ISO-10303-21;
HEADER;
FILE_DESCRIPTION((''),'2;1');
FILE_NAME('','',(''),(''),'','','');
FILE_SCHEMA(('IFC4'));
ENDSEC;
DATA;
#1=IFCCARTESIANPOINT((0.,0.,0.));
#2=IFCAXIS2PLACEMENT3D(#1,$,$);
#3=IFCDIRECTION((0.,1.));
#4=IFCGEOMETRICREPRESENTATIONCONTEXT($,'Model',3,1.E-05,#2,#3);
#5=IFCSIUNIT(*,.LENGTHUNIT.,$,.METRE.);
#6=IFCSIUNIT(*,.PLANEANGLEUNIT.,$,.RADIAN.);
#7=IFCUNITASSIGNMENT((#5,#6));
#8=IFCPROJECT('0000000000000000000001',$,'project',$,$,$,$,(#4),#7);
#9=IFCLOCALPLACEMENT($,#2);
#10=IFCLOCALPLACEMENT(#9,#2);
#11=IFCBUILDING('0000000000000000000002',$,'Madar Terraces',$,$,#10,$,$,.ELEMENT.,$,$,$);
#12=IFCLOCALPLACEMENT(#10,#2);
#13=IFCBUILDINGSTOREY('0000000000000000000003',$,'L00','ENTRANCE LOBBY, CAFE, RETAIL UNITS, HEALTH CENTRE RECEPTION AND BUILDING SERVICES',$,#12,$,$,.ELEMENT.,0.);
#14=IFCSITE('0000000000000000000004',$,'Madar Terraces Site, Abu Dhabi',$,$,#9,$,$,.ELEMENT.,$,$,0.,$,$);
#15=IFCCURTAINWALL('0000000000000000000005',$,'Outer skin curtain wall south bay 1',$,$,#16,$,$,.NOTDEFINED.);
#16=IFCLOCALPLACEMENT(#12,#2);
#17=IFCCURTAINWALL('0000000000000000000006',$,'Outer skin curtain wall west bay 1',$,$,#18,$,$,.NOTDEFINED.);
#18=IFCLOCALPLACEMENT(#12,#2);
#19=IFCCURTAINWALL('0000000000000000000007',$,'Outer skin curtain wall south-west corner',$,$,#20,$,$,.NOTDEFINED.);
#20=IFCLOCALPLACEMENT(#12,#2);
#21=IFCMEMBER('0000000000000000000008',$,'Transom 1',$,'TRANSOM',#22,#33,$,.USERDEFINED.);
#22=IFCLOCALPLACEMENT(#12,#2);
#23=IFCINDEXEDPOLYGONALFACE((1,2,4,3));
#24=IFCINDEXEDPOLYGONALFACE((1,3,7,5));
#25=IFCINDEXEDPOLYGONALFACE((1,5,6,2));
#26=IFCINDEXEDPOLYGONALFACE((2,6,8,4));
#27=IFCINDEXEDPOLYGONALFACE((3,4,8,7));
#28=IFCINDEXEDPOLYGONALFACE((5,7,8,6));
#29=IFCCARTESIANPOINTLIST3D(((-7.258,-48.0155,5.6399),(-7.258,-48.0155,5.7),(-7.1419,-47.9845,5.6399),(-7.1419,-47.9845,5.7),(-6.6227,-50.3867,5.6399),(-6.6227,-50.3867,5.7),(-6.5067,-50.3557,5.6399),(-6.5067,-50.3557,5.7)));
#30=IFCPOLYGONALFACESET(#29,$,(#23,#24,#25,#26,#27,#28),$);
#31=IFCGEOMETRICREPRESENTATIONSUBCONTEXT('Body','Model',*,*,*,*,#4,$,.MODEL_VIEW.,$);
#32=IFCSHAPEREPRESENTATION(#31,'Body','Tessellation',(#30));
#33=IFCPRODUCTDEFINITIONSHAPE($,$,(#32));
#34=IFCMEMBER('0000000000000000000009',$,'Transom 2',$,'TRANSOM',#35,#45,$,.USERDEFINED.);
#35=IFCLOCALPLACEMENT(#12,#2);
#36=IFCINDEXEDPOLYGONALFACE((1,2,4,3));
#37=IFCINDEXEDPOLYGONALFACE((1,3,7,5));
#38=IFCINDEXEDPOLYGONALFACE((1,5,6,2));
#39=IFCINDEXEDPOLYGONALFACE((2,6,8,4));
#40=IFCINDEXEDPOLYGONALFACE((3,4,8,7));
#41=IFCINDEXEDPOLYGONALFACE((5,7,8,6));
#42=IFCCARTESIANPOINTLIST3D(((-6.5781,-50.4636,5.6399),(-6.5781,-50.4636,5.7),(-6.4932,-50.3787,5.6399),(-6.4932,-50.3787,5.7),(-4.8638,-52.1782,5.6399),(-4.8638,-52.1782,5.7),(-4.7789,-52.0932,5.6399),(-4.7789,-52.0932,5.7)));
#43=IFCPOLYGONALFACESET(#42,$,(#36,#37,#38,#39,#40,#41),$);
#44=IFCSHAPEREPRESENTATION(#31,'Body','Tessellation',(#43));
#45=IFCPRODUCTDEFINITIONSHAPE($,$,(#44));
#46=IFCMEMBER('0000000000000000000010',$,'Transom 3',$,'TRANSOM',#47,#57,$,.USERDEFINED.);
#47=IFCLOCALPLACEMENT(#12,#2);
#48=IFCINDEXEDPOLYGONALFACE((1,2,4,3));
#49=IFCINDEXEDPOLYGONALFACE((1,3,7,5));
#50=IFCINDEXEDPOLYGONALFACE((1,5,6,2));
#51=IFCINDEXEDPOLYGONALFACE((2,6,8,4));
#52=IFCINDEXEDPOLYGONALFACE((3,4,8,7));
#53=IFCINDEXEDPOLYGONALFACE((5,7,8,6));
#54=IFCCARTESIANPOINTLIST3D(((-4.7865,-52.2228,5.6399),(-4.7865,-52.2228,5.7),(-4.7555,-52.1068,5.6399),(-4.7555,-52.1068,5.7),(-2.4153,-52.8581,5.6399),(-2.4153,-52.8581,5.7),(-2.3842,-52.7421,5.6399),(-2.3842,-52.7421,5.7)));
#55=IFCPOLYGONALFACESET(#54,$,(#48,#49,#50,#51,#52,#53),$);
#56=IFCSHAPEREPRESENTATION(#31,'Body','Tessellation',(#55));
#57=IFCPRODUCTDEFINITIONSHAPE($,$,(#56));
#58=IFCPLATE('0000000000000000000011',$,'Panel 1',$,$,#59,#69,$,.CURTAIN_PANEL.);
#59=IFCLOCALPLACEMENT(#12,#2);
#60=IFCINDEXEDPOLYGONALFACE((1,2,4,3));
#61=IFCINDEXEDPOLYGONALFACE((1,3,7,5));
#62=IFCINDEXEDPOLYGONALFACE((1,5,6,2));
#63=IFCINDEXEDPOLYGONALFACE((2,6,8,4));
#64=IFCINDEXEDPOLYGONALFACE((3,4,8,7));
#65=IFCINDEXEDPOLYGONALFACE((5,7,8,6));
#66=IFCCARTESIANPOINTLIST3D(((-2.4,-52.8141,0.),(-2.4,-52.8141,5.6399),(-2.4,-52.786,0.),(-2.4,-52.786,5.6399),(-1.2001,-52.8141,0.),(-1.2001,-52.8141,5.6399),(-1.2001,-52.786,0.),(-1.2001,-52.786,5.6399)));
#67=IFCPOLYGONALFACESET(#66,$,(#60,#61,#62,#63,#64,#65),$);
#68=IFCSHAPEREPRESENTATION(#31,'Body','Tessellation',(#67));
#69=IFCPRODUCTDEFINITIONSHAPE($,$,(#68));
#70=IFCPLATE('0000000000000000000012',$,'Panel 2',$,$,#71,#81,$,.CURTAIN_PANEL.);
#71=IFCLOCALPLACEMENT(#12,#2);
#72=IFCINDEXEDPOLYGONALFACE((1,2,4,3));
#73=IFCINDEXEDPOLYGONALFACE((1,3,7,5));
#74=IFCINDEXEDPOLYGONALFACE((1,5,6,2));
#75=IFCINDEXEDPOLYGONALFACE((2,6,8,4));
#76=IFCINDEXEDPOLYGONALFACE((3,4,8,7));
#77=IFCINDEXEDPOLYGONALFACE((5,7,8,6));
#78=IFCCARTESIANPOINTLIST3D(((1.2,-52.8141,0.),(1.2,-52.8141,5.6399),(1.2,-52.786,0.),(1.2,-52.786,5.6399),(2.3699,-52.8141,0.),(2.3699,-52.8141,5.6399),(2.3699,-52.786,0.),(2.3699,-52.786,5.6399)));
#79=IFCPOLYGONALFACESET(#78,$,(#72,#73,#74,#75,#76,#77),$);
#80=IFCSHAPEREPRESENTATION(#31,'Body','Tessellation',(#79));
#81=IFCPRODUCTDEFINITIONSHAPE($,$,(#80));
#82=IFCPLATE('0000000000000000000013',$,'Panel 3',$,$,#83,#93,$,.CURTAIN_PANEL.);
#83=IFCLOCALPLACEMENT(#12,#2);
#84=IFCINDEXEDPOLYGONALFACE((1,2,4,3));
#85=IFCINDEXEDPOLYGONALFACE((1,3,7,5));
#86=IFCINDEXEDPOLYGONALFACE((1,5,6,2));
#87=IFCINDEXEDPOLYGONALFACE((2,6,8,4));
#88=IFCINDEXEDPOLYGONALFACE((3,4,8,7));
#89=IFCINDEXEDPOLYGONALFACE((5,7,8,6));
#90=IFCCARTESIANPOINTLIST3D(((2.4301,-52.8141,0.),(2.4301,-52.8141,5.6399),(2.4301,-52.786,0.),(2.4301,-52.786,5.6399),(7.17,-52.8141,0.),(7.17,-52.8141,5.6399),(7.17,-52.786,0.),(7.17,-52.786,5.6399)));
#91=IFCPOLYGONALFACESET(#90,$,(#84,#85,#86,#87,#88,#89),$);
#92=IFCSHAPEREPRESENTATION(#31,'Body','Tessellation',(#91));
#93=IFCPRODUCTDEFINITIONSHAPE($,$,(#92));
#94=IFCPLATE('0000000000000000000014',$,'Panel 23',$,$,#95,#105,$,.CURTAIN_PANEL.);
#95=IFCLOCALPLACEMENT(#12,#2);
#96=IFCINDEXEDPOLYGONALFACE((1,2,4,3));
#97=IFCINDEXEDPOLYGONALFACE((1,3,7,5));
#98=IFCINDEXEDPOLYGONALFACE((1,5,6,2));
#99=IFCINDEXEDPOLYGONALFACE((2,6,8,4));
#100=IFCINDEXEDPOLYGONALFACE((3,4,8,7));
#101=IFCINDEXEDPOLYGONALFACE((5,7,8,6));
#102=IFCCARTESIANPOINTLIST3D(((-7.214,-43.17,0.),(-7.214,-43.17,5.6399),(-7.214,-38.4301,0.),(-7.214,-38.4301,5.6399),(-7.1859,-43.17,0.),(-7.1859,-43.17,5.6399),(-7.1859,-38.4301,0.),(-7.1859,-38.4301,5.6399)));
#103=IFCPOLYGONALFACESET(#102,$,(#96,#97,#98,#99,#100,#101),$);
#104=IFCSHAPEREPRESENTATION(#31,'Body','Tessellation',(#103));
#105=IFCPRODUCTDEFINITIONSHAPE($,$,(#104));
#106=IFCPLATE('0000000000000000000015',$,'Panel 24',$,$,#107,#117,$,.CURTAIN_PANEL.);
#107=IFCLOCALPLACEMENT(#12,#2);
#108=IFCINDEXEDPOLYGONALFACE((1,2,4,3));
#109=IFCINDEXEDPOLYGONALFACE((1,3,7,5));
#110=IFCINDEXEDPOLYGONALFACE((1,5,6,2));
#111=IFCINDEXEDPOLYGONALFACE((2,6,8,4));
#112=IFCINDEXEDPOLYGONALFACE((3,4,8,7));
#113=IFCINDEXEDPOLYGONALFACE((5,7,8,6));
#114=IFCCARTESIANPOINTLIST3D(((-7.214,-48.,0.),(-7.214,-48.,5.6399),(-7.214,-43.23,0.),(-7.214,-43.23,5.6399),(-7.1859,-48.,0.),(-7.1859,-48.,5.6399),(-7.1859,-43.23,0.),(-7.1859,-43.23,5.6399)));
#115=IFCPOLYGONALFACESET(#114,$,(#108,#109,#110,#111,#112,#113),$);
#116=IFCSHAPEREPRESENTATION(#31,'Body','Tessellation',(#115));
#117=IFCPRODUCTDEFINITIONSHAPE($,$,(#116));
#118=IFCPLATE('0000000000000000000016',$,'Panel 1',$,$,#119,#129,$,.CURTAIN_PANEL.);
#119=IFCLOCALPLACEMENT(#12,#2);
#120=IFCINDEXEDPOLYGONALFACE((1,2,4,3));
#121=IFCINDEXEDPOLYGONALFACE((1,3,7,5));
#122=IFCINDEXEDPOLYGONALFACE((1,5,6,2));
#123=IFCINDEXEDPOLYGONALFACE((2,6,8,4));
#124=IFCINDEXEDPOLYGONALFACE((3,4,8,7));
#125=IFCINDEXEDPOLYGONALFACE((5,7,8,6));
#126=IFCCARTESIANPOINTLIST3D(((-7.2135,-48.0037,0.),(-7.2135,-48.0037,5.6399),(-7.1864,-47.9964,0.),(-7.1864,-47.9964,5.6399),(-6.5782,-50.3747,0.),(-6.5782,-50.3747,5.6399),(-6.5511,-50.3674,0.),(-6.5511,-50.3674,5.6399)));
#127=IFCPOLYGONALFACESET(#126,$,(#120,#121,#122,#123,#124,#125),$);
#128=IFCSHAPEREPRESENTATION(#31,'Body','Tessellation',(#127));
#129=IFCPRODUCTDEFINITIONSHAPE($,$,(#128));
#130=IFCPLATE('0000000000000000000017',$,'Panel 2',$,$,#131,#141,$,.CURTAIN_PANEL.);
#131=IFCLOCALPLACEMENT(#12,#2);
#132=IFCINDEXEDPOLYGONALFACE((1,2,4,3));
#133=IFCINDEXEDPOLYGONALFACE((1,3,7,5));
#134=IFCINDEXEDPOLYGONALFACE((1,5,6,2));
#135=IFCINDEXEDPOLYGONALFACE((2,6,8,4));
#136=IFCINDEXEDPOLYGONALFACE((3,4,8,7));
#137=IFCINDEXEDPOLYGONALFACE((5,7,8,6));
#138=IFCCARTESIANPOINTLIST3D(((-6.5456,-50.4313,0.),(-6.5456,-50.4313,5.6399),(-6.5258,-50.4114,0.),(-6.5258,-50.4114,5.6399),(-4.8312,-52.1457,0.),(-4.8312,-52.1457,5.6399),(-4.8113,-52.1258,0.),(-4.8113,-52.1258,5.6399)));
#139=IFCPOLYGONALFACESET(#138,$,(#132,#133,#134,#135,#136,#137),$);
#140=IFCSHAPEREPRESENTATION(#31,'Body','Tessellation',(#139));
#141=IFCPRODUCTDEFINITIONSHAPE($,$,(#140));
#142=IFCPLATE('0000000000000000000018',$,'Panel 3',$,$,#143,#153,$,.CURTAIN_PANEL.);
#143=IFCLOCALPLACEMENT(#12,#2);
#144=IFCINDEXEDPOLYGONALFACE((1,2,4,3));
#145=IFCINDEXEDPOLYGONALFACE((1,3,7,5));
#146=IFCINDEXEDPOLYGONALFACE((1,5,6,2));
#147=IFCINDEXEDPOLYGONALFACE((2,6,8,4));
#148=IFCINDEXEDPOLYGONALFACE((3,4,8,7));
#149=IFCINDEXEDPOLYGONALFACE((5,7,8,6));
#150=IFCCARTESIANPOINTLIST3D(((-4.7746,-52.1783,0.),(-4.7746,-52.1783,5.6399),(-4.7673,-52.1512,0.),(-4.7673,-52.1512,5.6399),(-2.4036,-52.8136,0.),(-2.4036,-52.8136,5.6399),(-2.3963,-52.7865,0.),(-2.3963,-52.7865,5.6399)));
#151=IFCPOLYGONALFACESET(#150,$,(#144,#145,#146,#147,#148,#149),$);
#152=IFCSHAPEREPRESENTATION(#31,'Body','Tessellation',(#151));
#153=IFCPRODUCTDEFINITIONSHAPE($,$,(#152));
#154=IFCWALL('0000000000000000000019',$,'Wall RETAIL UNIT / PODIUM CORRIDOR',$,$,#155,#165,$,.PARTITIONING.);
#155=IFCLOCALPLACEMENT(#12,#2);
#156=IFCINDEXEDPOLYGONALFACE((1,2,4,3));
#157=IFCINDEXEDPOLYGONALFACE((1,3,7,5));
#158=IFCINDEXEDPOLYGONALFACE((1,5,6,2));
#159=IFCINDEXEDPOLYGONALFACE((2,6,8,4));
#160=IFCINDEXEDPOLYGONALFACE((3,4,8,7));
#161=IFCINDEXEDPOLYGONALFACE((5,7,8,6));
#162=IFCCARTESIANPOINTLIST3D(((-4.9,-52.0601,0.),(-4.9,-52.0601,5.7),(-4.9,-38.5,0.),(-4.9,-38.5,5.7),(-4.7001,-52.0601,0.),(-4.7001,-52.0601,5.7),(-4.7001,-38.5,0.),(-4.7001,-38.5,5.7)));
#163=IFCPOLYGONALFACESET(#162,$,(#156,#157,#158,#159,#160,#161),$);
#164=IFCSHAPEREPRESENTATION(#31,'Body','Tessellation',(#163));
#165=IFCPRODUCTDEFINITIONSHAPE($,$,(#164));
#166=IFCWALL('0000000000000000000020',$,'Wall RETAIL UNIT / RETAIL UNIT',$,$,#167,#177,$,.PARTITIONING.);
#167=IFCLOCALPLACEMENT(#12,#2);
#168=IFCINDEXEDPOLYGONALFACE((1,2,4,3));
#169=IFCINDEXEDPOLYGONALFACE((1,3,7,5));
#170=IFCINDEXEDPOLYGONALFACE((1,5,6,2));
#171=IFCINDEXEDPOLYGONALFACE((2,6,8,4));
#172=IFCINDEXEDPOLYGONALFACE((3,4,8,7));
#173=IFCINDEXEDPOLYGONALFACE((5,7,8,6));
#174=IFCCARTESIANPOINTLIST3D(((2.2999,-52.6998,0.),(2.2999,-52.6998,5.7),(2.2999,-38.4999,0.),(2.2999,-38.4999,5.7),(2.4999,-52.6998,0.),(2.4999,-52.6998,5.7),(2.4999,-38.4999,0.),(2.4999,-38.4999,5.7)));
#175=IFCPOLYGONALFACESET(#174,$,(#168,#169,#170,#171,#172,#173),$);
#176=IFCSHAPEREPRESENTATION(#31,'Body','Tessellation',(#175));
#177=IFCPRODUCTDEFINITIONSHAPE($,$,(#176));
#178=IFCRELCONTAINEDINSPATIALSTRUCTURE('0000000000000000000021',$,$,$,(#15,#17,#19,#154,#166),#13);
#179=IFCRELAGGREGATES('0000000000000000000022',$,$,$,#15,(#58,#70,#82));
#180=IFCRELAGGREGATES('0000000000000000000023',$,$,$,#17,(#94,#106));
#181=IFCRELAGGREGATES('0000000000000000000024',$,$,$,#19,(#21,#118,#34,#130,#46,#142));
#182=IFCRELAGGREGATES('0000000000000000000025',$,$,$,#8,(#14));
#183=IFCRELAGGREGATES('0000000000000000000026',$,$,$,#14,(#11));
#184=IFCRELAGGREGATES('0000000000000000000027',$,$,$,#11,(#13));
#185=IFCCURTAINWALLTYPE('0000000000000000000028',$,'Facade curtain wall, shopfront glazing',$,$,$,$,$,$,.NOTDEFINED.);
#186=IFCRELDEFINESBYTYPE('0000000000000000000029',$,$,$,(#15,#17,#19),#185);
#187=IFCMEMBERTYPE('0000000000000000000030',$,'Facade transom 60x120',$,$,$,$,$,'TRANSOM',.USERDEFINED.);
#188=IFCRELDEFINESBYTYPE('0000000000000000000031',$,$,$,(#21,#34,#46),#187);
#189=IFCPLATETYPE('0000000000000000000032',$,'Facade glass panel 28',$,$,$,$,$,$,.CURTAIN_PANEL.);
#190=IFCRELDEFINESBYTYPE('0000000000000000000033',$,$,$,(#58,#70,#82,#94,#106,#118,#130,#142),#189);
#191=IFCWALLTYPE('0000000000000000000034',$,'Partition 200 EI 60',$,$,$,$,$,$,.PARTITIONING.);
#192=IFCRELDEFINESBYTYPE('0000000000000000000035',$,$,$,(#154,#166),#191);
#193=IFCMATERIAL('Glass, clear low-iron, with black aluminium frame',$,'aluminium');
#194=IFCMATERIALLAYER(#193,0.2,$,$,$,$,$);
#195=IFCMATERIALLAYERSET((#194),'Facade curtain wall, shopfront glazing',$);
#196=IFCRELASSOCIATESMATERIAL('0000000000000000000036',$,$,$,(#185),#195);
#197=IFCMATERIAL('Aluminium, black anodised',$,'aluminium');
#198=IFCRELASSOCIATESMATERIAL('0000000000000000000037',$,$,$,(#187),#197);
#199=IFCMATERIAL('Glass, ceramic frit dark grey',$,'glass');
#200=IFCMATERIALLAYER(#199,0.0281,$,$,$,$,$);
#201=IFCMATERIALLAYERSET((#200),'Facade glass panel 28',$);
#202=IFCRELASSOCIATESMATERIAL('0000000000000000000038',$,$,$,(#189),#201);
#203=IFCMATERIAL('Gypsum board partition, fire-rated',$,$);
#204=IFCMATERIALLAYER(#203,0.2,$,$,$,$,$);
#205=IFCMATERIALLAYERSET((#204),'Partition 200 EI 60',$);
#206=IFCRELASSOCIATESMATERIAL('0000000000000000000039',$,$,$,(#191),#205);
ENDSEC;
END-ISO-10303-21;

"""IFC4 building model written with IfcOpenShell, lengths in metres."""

from ifc_helpers import new_model, si_unit, direction, frame, frame_2d, origin, origin_2d, place, context, subcontext, project, spatial, rectangle, extrude, material, layer, layer_set, material_profile, profile_set, type_object, element, aggregate, save


model = new_model("IFC4")

# Units and contexts
model_context = context("Model", 3, precision=1e-05, world=origin(), true_north=direction((0.0, 1.0)))
body_context = subcontext(model_context, "Body", "Model", "MODEL_VIEW")
ifc_project = project(units=[si_unit("LENGTHUNIT", "METRE"), si_unit("PLANEANGLEUNIT", "RADIAN")], contexts=[model_context])

# Site, building, storey
site_placement = place(None, origin())
site = spatial("IfcSite", under=ifc_project, at=site_placement, Name="Madar Terraces Site, Abu Dhabi", CompositionType="ELEMENT", RefElevation=0.0)
building_placement = place(site_placement, origin())
building = spatial("IfcBuilding", under=site, at=building_placement, Name="Madar Terraces", CompositionType="ELEMENT")
storey_placement = place(building_placement, origin())
storey = spatial("IfcBuildingStorey", under=building, at=storey_placement, Name="L00", Description="ENTRANCE LOBBY, CAFE, RETAIL UNITS, HEALTH CENTRE RECEPTION AND BUILDING SERVICES", CompositionType="ELEMENT", Elevation=0.0)

# Curtain wall
ifc_material_1 = material(Name="Glass, clear low-iron, with black aluminium frame", Category="aluminium")
ifc_layer_1 = layer(ifc_material_1, 0.2)
ifc_layer_set_1 = layer_set([ifc_layer_1], Name="Facade curtain wall, shopfront glazing")
curtain_wall_type = type_object("IfcCurtainWallType", Name="Facade curtain wall, shopfront glazing", PredefinedType="NOTDEFINED", material=ifc_layer_set_1)
curtain_wall_1_placement = place(storey_placement, origin())
curtain_wall_1 = element("IfcCurtainWall", 1, at=curtain_wall_1_placement, inside=storey, type_object=curtain_wall_type, Name="Outer skin curtain wall south bay 1", PredefinedType="NOTDEFINED")

# Curtain walls
curtain_wall_2_placement = place(storey_placement, origin())
curtain_wall_2 = element("IfcCurtainWall", 2, at=curtain_wall_2_placement, inside=storey, type_object=curtain_wall_type, Name="Outer skin curtain wall west bay 1", PredefinedType="NOTDEFINED")
curtain_wall_3_placement = place(storey_placement, origin())
curtain_wall_3 = element("IfcCurtainWall", 3, at=curtain_wall_3_placement, inside=storey, type_object=curtain_wall_type, Name="Outer skin curtain wall south-west corner", PredefinedType="NOTDEFINED")

# Members
ifc_material_2 = material(Name="Aluminium, black anodised", Category="aluminium")
ifc_material_profile_1 = material_profile(ifc_material_2, rectangle(XDim=0.1201, YDim=0.0601, at=origin_2d()), Name="Facade transom 60x120")
ifc_profile_set_1 = profile_set([ifc_material_profile_1], Name="Aluminium, black anodised")
member_type_1 = type_object("IfcMemberType", Name="Facade transom 60x120", ElementType="TRANSOM", PredefinedType="USERDEFINED", material=ifc_profile_set_1)
member_1_placement = place(storey_placement, frame((-7.2, -48.0, 5.6699), z_axis=(0.258789, -0.965934, 0.0), x_axis=(0.965934, 0.258789, 0.0)))
member_1 = element("IfcMember", 4, at=member_1_placement, type_object=member_type_1, Name="Transom 1", ObjectType="TRANSOM", PredefinedType="USERDEFINED", context=body_context, shape_type="SweptSolid", body=[
    extrude(rectangle(XDim=0.1201, YDim=0.0601, at=origin_2d()), origin(), (0.0, 0.0, 1.0), 2.4548),
])
member_2_placement = place(storey_placement, frame((-6.5356, -50.4211, 5.6699), z_axis=(0.707056, -0.707157, 0.0), x_axis=(0.707157, 0.707056, 0.0)))
member_2 = element("IfcMember", 5, at=member_2_placement, type_object=member_type_1, Name="Transom 2", ObjectType="TRANSOM", PredefinedType="USERDEFINED", context=body_context, shape_type="SweptSolid", body=[
    extrude(rectangle(XDim=0.1201, YDim=0.0601, at=origin_2d()), origin(), (0.0, 0.0, 1.0), 2.4246),
])
member_3_placement = place(storey_placement, frame((-4.771, -52.1648, 5.6699), z_axis=(0.965934, -0.258789, 0.0), x_axis=(0.258789, 0.965934, 0.0)))
member_3 = element("IfcMember", 6, at=member_3_placement, type_object=member_type_1, Name="Transom 3", ObjectType="TRANSOM", PredefinedType="USERDEFINED", context=body_context, shape_type="SweptSolid", body=[
    extrude(rectangle(XDim=0.1201, YDim=0.0601, at=origin_2d()), origin(), (0.0, 0.0, 1.0), 2.4548),
])

# Plates
ifc_material_3 = material(Name="Glass, ceramic frit dark grey", Category="glass")
ifc_layer_2 = layer(ifc_material_3, 0.0281)
ifc_layer_set_2 = layer_set([ifc_layer_2], Name="Facade glass panel 28")
plate_type = type_object("IfcPlateType", Name="Facade glass panel 28", PredefinedType="CURTAIN_PANEL", material=ifc_layer_set_2)
plate_1_placement = place(storey_placement, frame((-1.8, -52.8, 0.0), z_axis=(0.0, 0.0, 1.0), x_axis=(1.0, 0.0, 0.0)))
plate_1 = element("IfcPlate", 7, at=plate_1_placement, type_object=plate_type, Name="Panel 1", PredefinedType="CURTAIN_PANEL", context=body_context, shape_type="SweptSolid", body=[
    extrude(rectangle(XDim=1.2, YDim=0.0281, at=origin_2d()), origin(), (0.0, 0.0, 1.0), 5.6399),
])
plate_2_placement = place(storey_placement, frame((1.7849, -52.8, 0.0), z_axis=(0.0, 0.0, 1.0), x_axis=(1.0, 0.0, 0.0)))
plate_2 = element("IfcPlate", 8, at=plate_2_placement, type_object=plate_type, Name="Panel 2", PredefinedType="CURTAIN_PANEL", context=body_context, shape_type="SweptSolid", body=[
    extrude(rectangle(XDim=1.1699, YDim=0.0281, at=origin_2d()), origin(), (0.0, 0.0, 1.0), 5.6399),
])
plate_3_placement = place(storey_placement, frame((4.8, -52.8, 0.0), z_axis=(0.0, 0.0, 1.0), x_axis=(1.0, 0.0, 0.0)))
plate_3 = element("IfcPlate", 9, at=plate_3_placement, type_object=plate_type, Name="Panel 3", PredefinedType="CURTAIN_PANEL", context=body_context, shape_type="SweptSolid", body=[
    extrude(rectangle(XDim=4.74, YDim=0.0281, at=origin_2d()), origin(), (0.0, 0.0, 1.0), 5.6399),
])
aggregate(curtain_wall_1, [plate_1, plate_2, plate_3])
plate_4_placement = place(storey_placement, frame((-7.2, -40.8, 0.0), z_axis=(0.0, 0.0, 1.0), x_axis=(0.0, -1.0, 0.0)))
plate_4 = element("IfcPlate", 10, at=plate_4_placement, type_object=plate_type, Name="Panel 23", PredefinedType="CURTAIN_PANEL", context=body_context, shape_type="SweptSolid", body=[
    extrude(rectangle(XDim=4.74, YDim=0.0281, at=origin_2d()), origin(), (0.0, 0.0, 1.0), 5.6399),
])
plate_5_placement = place(storey_placement, frame((-7.2, -45.615, 0.0), z_axis=(0.0, 0.0, 1.0), x_axis=(0.0, -1.0, 0.0)))
plate_5 = element("IfcPlate", 11, at=plate_5_placement, type_object=plate_type, Name="Panel 24", PredefinedType="CURTAIN_PANEL", context=body_context, shape_type="SweptSolid", body=[
    extrude(rectangle(XDim=4.77, YDim=0.0281, at=origin_2d()), origin(), (0.0, 0.0, 1.0), 5.6399),
])
aggregate(curtain_wall_2, [plate_4, plate_5])
plate_6_placement = place(storey_placement, frame((-6.8823, -49.1855, 0.0), z_axis=(0.0, 0.0, 1.0), x_axis=(0.258819, -0.965926, 0.0)))
plate_6 = element("IfcPlate", 12, at=plate_6_placement, type_object=plate_type, Name="Panel 1", PredefinedType="CURTAIN_PANEL", context=body_context, shape_type="SweptSolid", body=[
    extrude(rectangle(XDim=2.4546, YDim=0.0281, at=origin_2d()), origin(), (0.0, 0.0, 1.0), 5.6399),
])
plate_7_placement = place(storey_placement, frame((-5.6785, -51.2786, 0.0), z_axis=(0.0, 0.0, 1.0), x_axis=(0.707107, -0.707107, 0.0)))
plate_7 = element("IfcPlate", 13, at=plate_7_placement, type_object=plate_type, Name="Panel 2", PredefinedType="CURTAIN_PANEL", context=body_context, shape_type="SweptSolid", body=[
    extrude(rectangle(XDim=2.4246, YDim=0.0281, at=origin_2d()), origin(), (0.0, 0.0, 1.0), 5.6399),
])
plate_8_placement = place(storey_placement, frame((-3.5854, -52.4824, 0.0), z_axis=(0.0, 0.0, 1.0), x_axis=(0.965926, -0.258819, 0.0)))
plate_8 = element("IfcPlate", 14, at=plate_8_placement, type_object=plate_type, Name="Panel 3", PredefinedType="CURTAIN_PANEL", context=body_context, shape_type="SweptSolid", body=[
    extrude(rectangle(XDim=2.4546, YDim=0.0281, at=origin_2d()), origin(), (0.0, 0.0, 1.0), 5.6399),
])
aggregate(curtain_wall_3, [member_1, plate_6, member_2, plate_7, member_3, plate_8])

# Walls
ifc_material_4 = material(Name="Gypsum board partition, fire-rated")
ifc_layer_3 = layer(ifc_material_4, 0.2)
ifc_layer_set_3 = layer_set([ifc_layer_3], Name="Partition 200 EI 60")
wall_type_1 = type_object("IfcWallType", Name="Partition 200 EI 60", PredefinedType="PARTITIONING", material=ifc_layer_set_3)
wall_1_placement = place(storey_placement, frame((-4.8, -52.0601, 0.0), z_axis=(0.0, 0.0, 1.0), x_axis=(0.0, 1.0, 0.0)))
element("IfcWall", 15, at=wall_1_placement, inside=storey, type_object=wall_type_1, Name="Wall RETAIL UNIT / PODIUM CORRIDOR", PredefinedType="PARTITIONING", context=body_context, shape_type="SweptSolid", body=[
    extrude(rectangle(XDim=13.5601, YDim=0.2, at=frame_2d((6.78, 0.0))), origin(), (0.0, 0.0, 1.0), 5.7),
])
wall_2_placement = place(storey_placement, frame((2.3999, -52.7, 0.0), z_axis=(0.0, 0.0, 1.0), x_axis=(0.0, 1.0, 0.0)))
element("IfcWall", 16, at=wall_2_placement, inside=storey, type_object=wall_type_1, Name="Wall RETAIL UNIT / RETAIL UNIT", PredefinedType="PARTITIONING", context=body_context, shape_type="SweptSolid", body=[
    extrude(rectangle(XDim=14.2, YDim=0.2, at=frame_2d((7.1001, 0.0))), origin(), (0.0, 0.0, 1.0), 5.7),
])

save(model, "model.ifc")
